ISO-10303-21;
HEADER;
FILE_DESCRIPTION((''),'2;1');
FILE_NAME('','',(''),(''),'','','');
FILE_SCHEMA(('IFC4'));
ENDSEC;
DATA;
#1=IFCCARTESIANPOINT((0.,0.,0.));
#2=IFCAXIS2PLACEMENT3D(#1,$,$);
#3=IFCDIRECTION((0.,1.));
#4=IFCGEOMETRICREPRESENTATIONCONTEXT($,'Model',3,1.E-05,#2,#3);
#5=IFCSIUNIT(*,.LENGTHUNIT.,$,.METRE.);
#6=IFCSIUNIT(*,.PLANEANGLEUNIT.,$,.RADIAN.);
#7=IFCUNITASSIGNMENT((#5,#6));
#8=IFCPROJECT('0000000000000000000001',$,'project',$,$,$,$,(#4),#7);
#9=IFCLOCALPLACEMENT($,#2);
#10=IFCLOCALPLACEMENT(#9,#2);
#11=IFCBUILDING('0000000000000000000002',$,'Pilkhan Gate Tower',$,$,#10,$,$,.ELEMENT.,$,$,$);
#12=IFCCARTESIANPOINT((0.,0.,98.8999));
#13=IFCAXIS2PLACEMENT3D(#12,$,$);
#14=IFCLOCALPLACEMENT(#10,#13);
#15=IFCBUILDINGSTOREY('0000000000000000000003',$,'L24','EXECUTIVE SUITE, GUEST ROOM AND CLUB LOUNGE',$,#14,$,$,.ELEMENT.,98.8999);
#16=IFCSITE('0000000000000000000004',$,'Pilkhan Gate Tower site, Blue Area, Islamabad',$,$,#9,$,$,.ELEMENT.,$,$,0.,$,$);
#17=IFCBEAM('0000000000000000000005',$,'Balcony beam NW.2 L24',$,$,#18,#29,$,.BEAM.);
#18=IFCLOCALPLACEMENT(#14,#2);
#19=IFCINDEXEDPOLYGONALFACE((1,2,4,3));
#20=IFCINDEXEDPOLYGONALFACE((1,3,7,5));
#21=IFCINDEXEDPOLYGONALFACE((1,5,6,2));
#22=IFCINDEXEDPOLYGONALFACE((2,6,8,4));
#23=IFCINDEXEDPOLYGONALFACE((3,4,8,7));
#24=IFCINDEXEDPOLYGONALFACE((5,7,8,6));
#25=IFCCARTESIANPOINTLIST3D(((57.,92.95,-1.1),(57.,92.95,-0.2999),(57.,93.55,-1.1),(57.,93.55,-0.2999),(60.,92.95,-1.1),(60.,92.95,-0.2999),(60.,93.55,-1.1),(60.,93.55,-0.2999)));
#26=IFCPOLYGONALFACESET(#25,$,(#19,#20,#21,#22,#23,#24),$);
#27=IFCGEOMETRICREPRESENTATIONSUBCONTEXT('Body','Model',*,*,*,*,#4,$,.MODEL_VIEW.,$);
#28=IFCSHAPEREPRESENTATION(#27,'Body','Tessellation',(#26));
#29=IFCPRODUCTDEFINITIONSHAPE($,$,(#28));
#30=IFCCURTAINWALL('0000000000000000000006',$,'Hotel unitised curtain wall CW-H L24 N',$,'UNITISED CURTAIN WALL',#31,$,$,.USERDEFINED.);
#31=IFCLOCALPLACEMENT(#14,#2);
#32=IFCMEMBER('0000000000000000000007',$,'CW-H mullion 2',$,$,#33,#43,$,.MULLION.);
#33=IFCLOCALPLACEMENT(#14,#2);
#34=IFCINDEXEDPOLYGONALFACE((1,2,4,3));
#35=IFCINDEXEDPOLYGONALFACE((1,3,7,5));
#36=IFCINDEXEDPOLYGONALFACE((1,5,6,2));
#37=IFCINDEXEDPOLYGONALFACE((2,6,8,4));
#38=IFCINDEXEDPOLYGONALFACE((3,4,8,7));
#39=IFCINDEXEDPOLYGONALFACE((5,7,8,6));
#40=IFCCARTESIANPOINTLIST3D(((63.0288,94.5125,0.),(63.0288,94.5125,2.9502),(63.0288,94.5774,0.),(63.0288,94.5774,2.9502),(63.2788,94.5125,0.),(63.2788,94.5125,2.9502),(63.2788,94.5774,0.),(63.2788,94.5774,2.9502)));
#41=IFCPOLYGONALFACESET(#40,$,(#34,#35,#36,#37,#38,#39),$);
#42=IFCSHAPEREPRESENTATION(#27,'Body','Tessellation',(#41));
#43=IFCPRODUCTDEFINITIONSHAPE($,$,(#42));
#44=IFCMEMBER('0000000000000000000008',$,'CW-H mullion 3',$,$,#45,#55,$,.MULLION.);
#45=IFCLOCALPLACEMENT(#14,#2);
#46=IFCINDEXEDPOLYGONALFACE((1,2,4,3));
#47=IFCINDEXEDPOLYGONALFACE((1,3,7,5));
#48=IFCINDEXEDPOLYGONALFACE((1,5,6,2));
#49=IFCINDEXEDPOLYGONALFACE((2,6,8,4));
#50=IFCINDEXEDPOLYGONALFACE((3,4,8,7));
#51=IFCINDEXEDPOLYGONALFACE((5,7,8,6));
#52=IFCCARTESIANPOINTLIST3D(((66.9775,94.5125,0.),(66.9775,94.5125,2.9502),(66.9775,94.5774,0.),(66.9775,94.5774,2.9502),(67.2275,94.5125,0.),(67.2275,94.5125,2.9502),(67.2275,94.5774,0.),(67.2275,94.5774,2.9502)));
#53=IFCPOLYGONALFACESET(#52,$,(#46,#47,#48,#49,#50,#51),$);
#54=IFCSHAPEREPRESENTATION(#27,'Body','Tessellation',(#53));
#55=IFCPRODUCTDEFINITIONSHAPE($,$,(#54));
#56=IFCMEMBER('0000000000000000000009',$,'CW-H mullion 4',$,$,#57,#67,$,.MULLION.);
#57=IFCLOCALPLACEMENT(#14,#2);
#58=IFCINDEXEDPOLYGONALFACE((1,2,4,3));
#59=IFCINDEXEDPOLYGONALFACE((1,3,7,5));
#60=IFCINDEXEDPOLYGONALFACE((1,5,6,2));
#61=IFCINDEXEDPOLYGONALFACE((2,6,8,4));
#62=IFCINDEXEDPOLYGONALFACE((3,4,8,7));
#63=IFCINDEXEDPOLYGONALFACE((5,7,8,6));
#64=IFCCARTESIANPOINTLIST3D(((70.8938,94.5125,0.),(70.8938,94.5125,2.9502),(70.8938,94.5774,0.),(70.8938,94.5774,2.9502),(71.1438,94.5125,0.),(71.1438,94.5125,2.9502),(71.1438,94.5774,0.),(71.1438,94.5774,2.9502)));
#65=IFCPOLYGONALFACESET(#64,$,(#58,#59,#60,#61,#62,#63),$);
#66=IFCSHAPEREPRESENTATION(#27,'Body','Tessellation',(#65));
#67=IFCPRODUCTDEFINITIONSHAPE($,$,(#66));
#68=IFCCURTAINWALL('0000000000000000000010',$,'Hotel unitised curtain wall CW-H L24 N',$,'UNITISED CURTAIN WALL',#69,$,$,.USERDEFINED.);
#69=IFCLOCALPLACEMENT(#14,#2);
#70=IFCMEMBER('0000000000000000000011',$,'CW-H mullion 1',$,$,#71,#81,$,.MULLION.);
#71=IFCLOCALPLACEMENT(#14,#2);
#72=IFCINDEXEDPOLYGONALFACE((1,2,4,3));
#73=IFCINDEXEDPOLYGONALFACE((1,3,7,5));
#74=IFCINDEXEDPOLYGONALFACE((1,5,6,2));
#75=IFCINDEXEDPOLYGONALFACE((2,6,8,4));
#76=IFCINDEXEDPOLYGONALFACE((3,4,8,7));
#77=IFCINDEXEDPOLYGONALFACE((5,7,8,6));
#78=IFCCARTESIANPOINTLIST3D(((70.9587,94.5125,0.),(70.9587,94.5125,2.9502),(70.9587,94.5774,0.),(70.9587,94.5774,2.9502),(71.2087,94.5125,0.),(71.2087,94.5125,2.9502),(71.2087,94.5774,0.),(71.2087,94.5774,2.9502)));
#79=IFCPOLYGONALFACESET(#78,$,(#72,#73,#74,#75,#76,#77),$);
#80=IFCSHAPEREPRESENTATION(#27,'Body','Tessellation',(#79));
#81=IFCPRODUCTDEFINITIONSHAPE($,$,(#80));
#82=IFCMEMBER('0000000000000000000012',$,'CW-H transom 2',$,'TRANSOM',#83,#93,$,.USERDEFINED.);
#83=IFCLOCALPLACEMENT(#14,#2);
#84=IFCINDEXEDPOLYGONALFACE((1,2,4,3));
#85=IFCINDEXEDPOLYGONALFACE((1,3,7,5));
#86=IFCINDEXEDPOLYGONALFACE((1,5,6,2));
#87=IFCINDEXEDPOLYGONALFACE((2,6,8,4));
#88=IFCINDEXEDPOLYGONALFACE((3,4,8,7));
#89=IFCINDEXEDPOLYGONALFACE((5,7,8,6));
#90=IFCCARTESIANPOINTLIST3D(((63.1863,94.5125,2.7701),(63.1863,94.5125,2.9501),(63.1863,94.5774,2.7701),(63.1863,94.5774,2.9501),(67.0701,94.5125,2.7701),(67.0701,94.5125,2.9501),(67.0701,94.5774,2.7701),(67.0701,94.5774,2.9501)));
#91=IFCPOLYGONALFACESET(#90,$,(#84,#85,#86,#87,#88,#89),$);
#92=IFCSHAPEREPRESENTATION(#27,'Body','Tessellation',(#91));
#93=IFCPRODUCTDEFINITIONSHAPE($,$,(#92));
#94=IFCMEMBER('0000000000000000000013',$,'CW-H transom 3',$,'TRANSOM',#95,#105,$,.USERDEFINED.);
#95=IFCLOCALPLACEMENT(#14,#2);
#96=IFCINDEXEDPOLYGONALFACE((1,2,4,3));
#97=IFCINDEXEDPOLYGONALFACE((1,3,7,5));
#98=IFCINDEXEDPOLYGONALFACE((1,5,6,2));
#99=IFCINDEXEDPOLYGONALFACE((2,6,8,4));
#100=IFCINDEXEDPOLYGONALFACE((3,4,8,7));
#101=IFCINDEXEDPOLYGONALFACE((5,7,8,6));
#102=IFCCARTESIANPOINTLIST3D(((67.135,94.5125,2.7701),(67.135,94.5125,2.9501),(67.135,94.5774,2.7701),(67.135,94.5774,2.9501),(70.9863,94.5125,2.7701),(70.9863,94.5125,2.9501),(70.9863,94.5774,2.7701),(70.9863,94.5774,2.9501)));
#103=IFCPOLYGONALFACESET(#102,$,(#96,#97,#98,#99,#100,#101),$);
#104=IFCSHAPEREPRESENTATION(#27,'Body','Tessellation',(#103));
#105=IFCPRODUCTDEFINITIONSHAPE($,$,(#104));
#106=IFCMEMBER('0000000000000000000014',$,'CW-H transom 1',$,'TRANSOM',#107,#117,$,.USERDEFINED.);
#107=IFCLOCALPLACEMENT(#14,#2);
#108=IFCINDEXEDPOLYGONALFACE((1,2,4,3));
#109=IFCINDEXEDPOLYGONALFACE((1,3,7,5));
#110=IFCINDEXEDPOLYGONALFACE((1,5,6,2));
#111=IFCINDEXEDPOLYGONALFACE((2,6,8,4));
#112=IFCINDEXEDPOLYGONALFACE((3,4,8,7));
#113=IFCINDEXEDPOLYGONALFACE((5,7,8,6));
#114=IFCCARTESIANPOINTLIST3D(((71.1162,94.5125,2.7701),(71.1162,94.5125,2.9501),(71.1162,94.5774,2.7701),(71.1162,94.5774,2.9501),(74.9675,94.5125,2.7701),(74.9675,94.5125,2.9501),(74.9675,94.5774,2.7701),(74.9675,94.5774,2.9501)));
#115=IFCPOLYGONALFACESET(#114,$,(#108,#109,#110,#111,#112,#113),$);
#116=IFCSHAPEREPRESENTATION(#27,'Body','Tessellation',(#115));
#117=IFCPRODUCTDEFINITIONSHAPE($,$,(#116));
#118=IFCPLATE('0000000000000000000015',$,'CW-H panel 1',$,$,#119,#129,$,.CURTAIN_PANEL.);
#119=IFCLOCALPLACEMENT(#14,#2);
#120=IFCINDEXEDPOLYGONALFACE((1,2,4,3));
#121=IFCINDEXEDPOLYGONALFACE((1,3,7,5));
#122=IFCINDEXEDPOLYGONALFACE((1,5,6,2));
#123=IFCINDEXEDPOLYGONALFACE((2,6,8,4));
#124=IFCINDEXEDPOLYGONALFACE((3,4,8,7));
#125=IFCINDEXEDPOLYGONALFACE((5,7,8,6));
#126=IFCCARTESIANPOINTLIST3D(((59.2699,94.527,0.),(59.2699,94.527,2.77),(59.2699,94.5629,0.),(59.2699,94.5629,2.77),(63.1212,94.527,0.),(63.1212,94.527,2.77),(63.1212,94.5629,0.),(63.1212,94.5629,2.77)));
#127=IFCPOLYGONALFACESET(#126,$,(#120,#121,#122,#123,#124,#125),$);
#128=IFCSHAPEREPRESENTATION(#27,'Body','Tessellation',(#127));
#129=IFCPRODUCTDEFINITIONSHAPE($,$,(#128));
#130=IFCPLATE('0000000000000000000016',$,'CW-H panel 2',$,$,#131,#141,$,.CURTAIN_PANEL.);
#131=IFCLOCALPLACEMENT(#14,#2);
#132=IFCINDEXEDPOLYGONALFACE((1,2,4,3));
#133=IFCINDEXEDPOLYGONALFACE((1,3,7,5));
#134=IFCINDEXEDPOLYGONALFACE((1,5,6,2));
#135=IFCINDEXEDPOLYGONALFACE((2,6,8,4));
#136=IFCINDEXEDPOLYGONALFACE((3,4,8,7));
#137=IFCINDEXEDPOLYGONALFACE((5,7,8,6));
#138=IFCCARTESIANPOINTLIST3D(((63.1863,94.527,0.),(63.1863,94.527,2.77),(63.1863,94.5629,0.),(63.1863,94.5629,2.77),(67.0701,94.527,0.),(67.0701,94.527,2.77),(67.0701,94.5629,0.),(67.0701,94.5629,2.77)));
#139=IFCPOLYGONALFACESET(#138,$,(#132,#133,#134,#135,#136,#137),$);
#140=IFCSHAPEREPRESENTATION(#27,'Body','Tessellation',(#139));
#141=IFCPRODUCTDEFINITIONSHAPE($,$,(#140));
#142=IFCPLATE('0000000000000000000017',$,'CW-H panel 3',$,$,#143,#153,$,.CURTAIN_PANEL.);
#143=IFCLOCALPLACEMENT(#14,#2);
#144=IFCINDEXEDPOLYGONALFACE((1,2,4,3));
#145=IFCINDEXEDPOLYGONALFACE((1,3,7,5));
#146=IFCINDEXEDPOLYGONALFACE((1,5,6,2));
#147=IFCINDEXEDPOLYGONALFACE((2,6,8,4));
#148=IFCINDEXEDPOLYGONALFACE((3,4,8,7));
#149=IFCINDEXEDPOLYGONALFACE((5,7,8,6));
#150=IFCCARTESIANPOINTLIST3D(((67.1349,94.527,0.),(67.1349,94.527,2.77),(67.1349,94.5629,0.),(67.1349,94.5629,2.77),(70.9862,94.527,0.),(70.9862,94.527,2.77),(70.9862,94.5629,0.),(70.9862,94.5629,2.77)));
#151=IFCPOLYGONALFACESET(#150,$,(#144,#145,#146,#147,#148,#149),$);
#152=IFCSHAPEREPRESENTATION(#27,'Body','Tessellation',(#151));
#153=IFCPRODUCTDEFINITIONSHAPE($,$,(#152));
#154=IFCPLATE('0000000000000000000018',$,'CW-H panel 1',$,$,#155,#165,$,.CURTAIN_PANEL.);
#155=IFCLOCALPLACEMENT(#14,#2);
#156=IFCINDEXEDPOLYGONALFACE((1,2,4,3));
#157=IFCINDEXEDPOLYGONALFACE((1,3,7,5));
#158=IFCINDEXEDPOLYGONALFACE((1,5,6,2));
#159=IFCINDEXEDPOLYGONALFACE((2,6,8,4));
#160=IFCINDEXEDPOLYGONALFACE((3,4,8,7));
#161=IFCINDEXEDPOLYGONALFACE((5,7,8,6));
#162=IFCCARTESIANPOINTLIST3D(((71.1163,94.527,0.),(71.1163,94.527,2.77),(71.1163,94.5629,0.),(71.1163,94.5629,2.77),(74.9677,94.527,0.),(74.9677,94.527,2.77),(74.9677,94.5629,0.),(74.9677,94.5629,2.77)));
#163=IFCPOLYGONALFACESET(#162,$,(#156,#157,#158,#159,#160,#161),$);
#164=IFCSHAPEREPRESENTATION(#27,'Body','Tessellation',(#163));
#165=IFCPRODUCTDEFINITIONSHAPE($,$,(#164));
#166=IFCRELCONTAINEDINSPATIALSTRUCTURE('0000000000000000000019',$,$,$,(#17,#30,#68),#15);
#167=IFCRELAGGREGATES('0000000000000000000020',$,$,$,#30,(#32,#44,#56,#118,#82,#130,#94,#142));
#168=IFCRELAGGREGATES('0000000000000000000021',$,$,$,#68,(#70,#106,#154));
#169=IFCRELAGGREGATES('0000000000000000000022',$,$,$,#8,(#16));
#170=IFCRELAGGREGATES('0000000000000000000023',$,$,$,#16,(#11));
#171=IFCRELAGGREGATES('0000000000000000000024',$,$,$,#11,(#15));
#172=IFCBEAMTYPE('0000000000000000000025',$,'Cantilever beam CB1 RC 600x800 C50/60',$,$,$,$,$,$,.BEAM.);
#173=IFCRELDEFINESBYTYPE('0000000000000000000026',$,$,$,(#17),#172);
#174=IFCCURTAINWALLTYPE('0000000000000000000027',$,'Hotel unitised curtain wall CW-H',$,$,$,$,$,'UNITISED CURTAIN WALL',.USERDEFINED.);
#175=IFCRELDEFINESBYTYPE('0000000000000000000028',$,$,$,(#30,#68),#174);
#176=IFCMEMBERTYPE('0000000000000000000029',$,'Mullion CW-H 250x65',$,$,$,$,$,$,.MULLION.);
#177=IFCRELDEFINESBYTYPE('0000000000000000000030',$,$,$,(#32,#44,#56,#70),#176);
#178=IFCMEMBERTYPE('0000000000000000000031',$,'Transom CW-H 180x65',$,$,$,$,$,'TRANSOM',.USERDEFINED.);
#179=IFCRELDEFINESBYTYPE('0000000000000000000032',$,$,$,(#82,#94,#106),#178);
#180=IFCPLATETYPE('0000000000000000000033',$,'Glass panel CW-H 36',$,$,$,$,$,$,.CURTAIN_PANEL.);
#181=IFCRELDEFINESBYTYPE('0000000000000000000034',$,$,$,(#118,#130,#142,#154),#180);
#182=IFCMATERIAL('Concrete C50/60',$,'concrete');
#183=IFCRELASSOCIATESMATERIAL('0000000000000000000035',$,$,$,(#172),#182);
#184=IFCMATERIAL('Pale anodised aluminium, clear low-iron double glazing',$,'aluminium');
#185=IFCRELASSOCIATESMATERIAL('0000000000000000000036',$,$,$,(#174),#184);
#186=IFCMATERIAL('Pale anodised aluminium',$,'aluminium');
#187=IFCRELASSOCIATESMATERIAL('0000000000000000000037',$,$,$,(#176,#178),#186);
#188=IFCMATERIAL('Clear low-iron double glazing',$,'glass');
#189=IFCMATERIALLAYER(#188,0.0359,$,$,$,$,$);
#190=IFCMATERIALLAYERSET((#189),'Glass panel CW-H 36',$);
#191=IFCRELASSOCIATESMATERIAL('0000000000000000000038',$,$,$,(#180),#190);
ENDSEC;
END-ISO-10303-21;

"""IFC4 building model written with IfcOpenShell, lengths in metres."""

from ifc_helpers import new_model, si_unit, direction, frame, origin, origin_2d, place, context, subcontext, project, spatial, rectangle, extrude, material, layer, layer_set, material_profile, profile_set, type_object, element, aggregate, save


model = new_model("IFC4")

# Units and contexts
model_context = context("Model", 3, precision=1e-05, world=origin(), true_north=direction((0.0, 1.0)))
body_context = subcontext(model_context, "Body", "Model", "MODEL_VIEW")
ifc_project = project(units=[si_unit("LENGTHUNIT", "METRE"), si_unit("PLANEANGLEUNIT", "RADIAN")], contexts=[model_context])

# Site, building, storey
site_placement = place(None, origin())
site = spatial("IfcSite", under=ifc_project, at=site_placement, Name="Pilkhan Gate Tower site, Blue Area, Islamabad", CompositionType="ELEMENT", RefElevation=0.0)
building_placement = place(site_placement, origin())
building = spatial("IfcBuilding", under=site, at=building_placement, Name="Pilkhan Gate Tower", CompositionType="ELEMENT")
storey_placement = place(building_placement, frame((0.0, 0.0, 98.8999)))
storey = spatial("IfcBuildingStorey", under=building, at=storey_placement, Name="L24", Description="EXECUTIVE SUITE, GUEST ROOM AND CLUB LOUNGE", CompositionType="ELEMENT", Elevation=98.8999)

# Beam
ifc_material_1 = material(Name="Concrete C50/60", Category="concrete")
ifc_material_profile_1 = material_profile(ifc_material_1, rectangle(XDim=0.6001, YDim=0.8, at=origin_2d()), Name="RC 600x800")
ifc_profile_set_1 = profile_set([ifc_material_profile_1], Name="Concrete C50/60")
beam_type = type_object("IfcBeamType", Name="Cantilever beam CB1 RC 600x800 C50/60", PredefinedType="BEAM", material=ifc_profile_set_1)
beam_placement = place(storey_placement, frame((60.0, 93.25, -0.7), z_axis=(-1.0, 0.0, 0.0), x_axis=(0.0, -1.0, 0.0)))
element("IfcBeam", 1, at=beam_placement, inside=storey, type_object=beam_type, Name="Balcony beam NW.2 L24", PredefinedType="BEAM", context=body_context, shape_type="SweptSolid", body=[
    extrude(rectangle(XDim=0.6001, YDim=0.8, at=origin_2d()), origin(), (0.0, 0.0, 1.0), 3.0),
])

# Curtain wall, members
ifc_material_2 = material(Name="Pale anodised aluminium, clear low-iron double glazing", Category="aluminium")
curtain_wall_type = type_object("IfcCurtainWallType", Name="Hotel unitised curtain wall CW-H", ElementType="UNITISED CURTAIN WALL", PredefinedType="USERDEFINED", material=ifc_material_2)
curtain_wall_1_placement = place(storey_placement, origin())
curtain_wall_1 = element("IfcCurtainWall", 2, at=curtain_wall_1_placement, inside=storey, type_object=curtain_wall_type, Name="Hotel unitised curtain wall CW-H L24 N", ObjectType="UNITISED CURTAIN WALL", PredefinedType="USERDEFINED")
ifc_material_3 = material(Name="Pale anodised aluminium", Category="aluminium")
ifc_material_profile_2 = material_profile(ifc_material_3, rectangle(XDim=0.0649, YDim=0.25, at=origin_2d()), Name="Mullion 250x65")
ifc_profile_set_2 = profile_set([ifc_material_profile_2], Name="Pale anodised aluminium")
member_type_1 = type_object("IfcMemberType", Name="Mullion CW-H 250x65", PredefinedType="MULLION", material=ifc_profile_set_2)
member_1_placement = place(storey_placement, frame((63.1538, 94.5449, 0.0), z_axis=(0.0, 0.0, 1.0), x_axis=(0.0, 1.0, 0.0)))
member_1 = element("IfcMember", 3, at=member_1_placement, type_object=member_type_1, Name="CW-H mullion 2", PredefinedType="MULLION", context=body_context, shape_type="SweptSolid", body=[
    extrude(rectangle(XDim=0.0649, YDim=0.25, at=origin_2d()), origin(), (0.0, 0.0, 1.0), 2.9502),
])
member_2_placement = place(storey_placement, frame((67.1025, 94.5449, 0.0), z_axis=(0.0, 0.0, 1.0), x_axis=(0.0, 1.0, 0.0)))
member_2 = element("IfcMember", 4, at=member_2_placement, type_object=member_type_1, Name="CW-H mullion 3", PredefinedType="MULLION", context=body_context, shape_type="SweptSolid", body=[
    extrude(rectangle(XDim=0.0649, YDim=0.25, at=origin_2d()), origin(), (0.0, 0.0, 1.0), 2.9502),
])
member_3_placement = place(storey_placement, frame((71.0188, 94.5449, 0.0), z_axis=(0.0, 0.0, 1.0), x_axis=(0.0, 1.0, 0.0)))
member_3 = element("IfcMember", 5, at=member_3_placement, type_object=member_type_1, Name="CW-H mullion 4", PredefinedType="MULLION", context=body_context, shape_type="SweptSolid", body=[
    extrude(rectangle(XDim=0.0649, YDim=0.25, at=origin_2d()), origin(), (0.0, 0.0, 1.0), 2.9502),
])

# Curtain wall, member
curtain_wall_2_placement = place(storey_placement, origin())
curtain_wall_2 = element("IfcCurtainWall", 6, at=curtain_wall_2_placement, inside=storey, type_object=curtain_wall_type, Name="Hotel unitised curtain wall CW-H L24 N", ObjectType="UNITISED CURTAIN WALL", PredefinedType="USERDEFINED")
member_4_placement = place(storey_placement, frame((71.0837, 94.5449, 0.0), z_axis=(0.0, 0.0, 1.0), x_axis=(0.0, 1.0, 0.0)))
member_4 = element("IfcMember", 7, at=member_4_placement, type_object=member_type_1, Name="CW-H mullion 1", PredefinedType="MULLION", context=body_context, shape_type="SweptSolid", body=[
    extrude(rectangle(XDim=0.0649, YDim=0.25, at=origin_2d()), origin(), (0.0, 0.0, 1.0), 2.9502),
])

# Members
ifc_material_profile_3 = material_profile(ifc_material_3, rectangle(XDim=0.0649, YDim=0.1799, at=origin_2d()), Name="Transom 180x65")
ifc_profile_set_3 = profile_set([ifc_material_profile_3], Name="Pale anodised aluminium")
member_type_2 = type_object("IfcMemberType", Name="Transom CW-H 180x65", ElementType="TRANSOM", PredefinedType="USERDEFINED", material=ifc_profile_set_3)
member_5_placement = place(storey_placement, frame((63.1863, 94.5449, 2.8601), z_axis=(1.0, 0.0, 0.0), x_axis=(0.0, 1.0, 0.0)))
member_5 = element("IfcMember", 8, at=member_5_placement, type_object=member_type_2, Name="CW-H transom 2", ObjectType="TRANSOM", PredefinedType="USERDEFINED", context=body_context, shape_type="SweptSolid", body=[
    extrude(rectangle(XDim=0.0649, YDim=0.1799, at=origin_2d()), origin(), (0.0, 0.0, 1.0), 3.8838),
])
member_6_placement = place(storey_placement, frame((67.135, 94.5449, 2.8601), z_axis=(1.0, 0.0, 0.0), x_axis=(0.0, 1.0, 0.0)))
member_6 = element("IfcMember", 9, at=member_6_placement, type_object=member_type_2, Name="CW-H transom 3", ObjectType="TRANSOM", PredefinedType="USERDEFINED", context=body_context, shape_type="SweptSolid", body=[
    extrude(rectangle(XDim=0.0649, YDim=0.1799, at=origin_2d()), origin(), (0.0, 0.0, 1.0), 3.8513),
])
member_7_placement = place(storey_placement, frame((71.1162, 94.5449, 2.8601), z_axis=(1.0, 0.0, 0.0), x_axis=(0.0, 1.0, 0.0)))
member_7 = element("IfcMember", 10, at=member_7_placement, type_object=member_type_2, Name="CW-H transom 1", ObjectType="TRANSOM", PredefinedType="USERDEFINED", context=body_context, shape_type="SweptSolid", body=[
    extrude(rectangle(XDim=0.0649, YDim=0.1799, at=origin_2d()), origin(), (0.0, 0.0, 1.0), 3.8513),
])

# Plates
ifc_material_4 = material(Name="Clear low-iron double glazing", Category="glass")
ifc_layer_1 = layer(ifc_material_4, 0.0359)
ifc_layer_set_1 = layer_set([ifc_layer_1], Name="Glass panel CW-H 36")
plate_type = type_object("IfcPlateType", Name="Glass panel CW-H 36", PredefinedType="CURTAIN_PANEL", material=ifc_layer_set_1)
plate_1_placement = place(storey_placement, frame((61.1956, 94.5449, 0.0), z_axis=(0.0, 0.0, 1.0), x_axis=(1.0, 0.0, 0.0)))
plate_1 = element("IfcPlate", 11, at=plate_1_placement, type_object=plate_type, Name="CW-H panel 1", PredefinedType="CURTAIN_PANEL", context=body_context, shape_type="SweptSolid", body=[
    extrude(rectangle(XDim=3.8513, YDim=0.0359, at=origin_2d()), origin(), (0.0, 0.0, 1.0), 2.77),
])
plate_2_placement = place(storey_placement, frame((65.1282, 94.5449, 0.0), z_axis=(0.0, 0.0, 1.0), x_axis=(1.0, 0.0, 0.0)))
plate_2 = element("IfcPlate", 12, at=plate_2_placement, type_object=plate_type, Name="CW-H panel 2", PredefinedType="CURTAIN_PANEL", context=body_context, shape_type="SweptSolid", body=[
    extrude(rectangle(XDim=3.8838, YDim=0.0359, at=origin_2d()), origin(), (0.0, 0.0, 1.0), 2.77),
])
plate_3_placement = place(storey_placement, frame((69.0605, 94.5449, 0.0), z_axis=(0.0, 0.0, 1.0), x_axis=(1.0, 0.0, 0.0)))
plate_3 = element("IfcPlate", 13, at=plate_3_placement, type_object=plate_type, Name="CW-H panel 3", PredefinedType="CURTAIN_PANEL", context=body_context, shape_type="SweptSolid", body=[
    extrude(rectangle(XDim=3.8513, YDim=0.0359, at=origin_2d()), origin(), (0.0, 0.0, 1.0), 2.77),
])
aggregate(curtain_wall_1, [member_1, member_2, member_3, plate_1, member_5, plate_2, member_6, plate_3])
plate_4_placement = place(storey_placement, frame((73.042, 94.5449, 0.0), z_axis=(0.0, 0.0, 1.0), x_axis=(1.0, 0.0, 0.0)))
plate_4 = element("IfcPlate", 14, at=plate_4_placement, type_object=plate_type, Name="CW-H panel 1", PredefinedType="CURTAIN_PANEL", context=body_context, shape_type="SweptSolid", body=[
    extrude(rectangle(XDim=3.8513, YDim=0.0359, at=origin_2d()), origin(), (0.0, 0.0, 1.0), 2.77),
])
aggregate(curtain_wall_2, [member_4, member_7, plate_4])

save(model, "model.ifc")
